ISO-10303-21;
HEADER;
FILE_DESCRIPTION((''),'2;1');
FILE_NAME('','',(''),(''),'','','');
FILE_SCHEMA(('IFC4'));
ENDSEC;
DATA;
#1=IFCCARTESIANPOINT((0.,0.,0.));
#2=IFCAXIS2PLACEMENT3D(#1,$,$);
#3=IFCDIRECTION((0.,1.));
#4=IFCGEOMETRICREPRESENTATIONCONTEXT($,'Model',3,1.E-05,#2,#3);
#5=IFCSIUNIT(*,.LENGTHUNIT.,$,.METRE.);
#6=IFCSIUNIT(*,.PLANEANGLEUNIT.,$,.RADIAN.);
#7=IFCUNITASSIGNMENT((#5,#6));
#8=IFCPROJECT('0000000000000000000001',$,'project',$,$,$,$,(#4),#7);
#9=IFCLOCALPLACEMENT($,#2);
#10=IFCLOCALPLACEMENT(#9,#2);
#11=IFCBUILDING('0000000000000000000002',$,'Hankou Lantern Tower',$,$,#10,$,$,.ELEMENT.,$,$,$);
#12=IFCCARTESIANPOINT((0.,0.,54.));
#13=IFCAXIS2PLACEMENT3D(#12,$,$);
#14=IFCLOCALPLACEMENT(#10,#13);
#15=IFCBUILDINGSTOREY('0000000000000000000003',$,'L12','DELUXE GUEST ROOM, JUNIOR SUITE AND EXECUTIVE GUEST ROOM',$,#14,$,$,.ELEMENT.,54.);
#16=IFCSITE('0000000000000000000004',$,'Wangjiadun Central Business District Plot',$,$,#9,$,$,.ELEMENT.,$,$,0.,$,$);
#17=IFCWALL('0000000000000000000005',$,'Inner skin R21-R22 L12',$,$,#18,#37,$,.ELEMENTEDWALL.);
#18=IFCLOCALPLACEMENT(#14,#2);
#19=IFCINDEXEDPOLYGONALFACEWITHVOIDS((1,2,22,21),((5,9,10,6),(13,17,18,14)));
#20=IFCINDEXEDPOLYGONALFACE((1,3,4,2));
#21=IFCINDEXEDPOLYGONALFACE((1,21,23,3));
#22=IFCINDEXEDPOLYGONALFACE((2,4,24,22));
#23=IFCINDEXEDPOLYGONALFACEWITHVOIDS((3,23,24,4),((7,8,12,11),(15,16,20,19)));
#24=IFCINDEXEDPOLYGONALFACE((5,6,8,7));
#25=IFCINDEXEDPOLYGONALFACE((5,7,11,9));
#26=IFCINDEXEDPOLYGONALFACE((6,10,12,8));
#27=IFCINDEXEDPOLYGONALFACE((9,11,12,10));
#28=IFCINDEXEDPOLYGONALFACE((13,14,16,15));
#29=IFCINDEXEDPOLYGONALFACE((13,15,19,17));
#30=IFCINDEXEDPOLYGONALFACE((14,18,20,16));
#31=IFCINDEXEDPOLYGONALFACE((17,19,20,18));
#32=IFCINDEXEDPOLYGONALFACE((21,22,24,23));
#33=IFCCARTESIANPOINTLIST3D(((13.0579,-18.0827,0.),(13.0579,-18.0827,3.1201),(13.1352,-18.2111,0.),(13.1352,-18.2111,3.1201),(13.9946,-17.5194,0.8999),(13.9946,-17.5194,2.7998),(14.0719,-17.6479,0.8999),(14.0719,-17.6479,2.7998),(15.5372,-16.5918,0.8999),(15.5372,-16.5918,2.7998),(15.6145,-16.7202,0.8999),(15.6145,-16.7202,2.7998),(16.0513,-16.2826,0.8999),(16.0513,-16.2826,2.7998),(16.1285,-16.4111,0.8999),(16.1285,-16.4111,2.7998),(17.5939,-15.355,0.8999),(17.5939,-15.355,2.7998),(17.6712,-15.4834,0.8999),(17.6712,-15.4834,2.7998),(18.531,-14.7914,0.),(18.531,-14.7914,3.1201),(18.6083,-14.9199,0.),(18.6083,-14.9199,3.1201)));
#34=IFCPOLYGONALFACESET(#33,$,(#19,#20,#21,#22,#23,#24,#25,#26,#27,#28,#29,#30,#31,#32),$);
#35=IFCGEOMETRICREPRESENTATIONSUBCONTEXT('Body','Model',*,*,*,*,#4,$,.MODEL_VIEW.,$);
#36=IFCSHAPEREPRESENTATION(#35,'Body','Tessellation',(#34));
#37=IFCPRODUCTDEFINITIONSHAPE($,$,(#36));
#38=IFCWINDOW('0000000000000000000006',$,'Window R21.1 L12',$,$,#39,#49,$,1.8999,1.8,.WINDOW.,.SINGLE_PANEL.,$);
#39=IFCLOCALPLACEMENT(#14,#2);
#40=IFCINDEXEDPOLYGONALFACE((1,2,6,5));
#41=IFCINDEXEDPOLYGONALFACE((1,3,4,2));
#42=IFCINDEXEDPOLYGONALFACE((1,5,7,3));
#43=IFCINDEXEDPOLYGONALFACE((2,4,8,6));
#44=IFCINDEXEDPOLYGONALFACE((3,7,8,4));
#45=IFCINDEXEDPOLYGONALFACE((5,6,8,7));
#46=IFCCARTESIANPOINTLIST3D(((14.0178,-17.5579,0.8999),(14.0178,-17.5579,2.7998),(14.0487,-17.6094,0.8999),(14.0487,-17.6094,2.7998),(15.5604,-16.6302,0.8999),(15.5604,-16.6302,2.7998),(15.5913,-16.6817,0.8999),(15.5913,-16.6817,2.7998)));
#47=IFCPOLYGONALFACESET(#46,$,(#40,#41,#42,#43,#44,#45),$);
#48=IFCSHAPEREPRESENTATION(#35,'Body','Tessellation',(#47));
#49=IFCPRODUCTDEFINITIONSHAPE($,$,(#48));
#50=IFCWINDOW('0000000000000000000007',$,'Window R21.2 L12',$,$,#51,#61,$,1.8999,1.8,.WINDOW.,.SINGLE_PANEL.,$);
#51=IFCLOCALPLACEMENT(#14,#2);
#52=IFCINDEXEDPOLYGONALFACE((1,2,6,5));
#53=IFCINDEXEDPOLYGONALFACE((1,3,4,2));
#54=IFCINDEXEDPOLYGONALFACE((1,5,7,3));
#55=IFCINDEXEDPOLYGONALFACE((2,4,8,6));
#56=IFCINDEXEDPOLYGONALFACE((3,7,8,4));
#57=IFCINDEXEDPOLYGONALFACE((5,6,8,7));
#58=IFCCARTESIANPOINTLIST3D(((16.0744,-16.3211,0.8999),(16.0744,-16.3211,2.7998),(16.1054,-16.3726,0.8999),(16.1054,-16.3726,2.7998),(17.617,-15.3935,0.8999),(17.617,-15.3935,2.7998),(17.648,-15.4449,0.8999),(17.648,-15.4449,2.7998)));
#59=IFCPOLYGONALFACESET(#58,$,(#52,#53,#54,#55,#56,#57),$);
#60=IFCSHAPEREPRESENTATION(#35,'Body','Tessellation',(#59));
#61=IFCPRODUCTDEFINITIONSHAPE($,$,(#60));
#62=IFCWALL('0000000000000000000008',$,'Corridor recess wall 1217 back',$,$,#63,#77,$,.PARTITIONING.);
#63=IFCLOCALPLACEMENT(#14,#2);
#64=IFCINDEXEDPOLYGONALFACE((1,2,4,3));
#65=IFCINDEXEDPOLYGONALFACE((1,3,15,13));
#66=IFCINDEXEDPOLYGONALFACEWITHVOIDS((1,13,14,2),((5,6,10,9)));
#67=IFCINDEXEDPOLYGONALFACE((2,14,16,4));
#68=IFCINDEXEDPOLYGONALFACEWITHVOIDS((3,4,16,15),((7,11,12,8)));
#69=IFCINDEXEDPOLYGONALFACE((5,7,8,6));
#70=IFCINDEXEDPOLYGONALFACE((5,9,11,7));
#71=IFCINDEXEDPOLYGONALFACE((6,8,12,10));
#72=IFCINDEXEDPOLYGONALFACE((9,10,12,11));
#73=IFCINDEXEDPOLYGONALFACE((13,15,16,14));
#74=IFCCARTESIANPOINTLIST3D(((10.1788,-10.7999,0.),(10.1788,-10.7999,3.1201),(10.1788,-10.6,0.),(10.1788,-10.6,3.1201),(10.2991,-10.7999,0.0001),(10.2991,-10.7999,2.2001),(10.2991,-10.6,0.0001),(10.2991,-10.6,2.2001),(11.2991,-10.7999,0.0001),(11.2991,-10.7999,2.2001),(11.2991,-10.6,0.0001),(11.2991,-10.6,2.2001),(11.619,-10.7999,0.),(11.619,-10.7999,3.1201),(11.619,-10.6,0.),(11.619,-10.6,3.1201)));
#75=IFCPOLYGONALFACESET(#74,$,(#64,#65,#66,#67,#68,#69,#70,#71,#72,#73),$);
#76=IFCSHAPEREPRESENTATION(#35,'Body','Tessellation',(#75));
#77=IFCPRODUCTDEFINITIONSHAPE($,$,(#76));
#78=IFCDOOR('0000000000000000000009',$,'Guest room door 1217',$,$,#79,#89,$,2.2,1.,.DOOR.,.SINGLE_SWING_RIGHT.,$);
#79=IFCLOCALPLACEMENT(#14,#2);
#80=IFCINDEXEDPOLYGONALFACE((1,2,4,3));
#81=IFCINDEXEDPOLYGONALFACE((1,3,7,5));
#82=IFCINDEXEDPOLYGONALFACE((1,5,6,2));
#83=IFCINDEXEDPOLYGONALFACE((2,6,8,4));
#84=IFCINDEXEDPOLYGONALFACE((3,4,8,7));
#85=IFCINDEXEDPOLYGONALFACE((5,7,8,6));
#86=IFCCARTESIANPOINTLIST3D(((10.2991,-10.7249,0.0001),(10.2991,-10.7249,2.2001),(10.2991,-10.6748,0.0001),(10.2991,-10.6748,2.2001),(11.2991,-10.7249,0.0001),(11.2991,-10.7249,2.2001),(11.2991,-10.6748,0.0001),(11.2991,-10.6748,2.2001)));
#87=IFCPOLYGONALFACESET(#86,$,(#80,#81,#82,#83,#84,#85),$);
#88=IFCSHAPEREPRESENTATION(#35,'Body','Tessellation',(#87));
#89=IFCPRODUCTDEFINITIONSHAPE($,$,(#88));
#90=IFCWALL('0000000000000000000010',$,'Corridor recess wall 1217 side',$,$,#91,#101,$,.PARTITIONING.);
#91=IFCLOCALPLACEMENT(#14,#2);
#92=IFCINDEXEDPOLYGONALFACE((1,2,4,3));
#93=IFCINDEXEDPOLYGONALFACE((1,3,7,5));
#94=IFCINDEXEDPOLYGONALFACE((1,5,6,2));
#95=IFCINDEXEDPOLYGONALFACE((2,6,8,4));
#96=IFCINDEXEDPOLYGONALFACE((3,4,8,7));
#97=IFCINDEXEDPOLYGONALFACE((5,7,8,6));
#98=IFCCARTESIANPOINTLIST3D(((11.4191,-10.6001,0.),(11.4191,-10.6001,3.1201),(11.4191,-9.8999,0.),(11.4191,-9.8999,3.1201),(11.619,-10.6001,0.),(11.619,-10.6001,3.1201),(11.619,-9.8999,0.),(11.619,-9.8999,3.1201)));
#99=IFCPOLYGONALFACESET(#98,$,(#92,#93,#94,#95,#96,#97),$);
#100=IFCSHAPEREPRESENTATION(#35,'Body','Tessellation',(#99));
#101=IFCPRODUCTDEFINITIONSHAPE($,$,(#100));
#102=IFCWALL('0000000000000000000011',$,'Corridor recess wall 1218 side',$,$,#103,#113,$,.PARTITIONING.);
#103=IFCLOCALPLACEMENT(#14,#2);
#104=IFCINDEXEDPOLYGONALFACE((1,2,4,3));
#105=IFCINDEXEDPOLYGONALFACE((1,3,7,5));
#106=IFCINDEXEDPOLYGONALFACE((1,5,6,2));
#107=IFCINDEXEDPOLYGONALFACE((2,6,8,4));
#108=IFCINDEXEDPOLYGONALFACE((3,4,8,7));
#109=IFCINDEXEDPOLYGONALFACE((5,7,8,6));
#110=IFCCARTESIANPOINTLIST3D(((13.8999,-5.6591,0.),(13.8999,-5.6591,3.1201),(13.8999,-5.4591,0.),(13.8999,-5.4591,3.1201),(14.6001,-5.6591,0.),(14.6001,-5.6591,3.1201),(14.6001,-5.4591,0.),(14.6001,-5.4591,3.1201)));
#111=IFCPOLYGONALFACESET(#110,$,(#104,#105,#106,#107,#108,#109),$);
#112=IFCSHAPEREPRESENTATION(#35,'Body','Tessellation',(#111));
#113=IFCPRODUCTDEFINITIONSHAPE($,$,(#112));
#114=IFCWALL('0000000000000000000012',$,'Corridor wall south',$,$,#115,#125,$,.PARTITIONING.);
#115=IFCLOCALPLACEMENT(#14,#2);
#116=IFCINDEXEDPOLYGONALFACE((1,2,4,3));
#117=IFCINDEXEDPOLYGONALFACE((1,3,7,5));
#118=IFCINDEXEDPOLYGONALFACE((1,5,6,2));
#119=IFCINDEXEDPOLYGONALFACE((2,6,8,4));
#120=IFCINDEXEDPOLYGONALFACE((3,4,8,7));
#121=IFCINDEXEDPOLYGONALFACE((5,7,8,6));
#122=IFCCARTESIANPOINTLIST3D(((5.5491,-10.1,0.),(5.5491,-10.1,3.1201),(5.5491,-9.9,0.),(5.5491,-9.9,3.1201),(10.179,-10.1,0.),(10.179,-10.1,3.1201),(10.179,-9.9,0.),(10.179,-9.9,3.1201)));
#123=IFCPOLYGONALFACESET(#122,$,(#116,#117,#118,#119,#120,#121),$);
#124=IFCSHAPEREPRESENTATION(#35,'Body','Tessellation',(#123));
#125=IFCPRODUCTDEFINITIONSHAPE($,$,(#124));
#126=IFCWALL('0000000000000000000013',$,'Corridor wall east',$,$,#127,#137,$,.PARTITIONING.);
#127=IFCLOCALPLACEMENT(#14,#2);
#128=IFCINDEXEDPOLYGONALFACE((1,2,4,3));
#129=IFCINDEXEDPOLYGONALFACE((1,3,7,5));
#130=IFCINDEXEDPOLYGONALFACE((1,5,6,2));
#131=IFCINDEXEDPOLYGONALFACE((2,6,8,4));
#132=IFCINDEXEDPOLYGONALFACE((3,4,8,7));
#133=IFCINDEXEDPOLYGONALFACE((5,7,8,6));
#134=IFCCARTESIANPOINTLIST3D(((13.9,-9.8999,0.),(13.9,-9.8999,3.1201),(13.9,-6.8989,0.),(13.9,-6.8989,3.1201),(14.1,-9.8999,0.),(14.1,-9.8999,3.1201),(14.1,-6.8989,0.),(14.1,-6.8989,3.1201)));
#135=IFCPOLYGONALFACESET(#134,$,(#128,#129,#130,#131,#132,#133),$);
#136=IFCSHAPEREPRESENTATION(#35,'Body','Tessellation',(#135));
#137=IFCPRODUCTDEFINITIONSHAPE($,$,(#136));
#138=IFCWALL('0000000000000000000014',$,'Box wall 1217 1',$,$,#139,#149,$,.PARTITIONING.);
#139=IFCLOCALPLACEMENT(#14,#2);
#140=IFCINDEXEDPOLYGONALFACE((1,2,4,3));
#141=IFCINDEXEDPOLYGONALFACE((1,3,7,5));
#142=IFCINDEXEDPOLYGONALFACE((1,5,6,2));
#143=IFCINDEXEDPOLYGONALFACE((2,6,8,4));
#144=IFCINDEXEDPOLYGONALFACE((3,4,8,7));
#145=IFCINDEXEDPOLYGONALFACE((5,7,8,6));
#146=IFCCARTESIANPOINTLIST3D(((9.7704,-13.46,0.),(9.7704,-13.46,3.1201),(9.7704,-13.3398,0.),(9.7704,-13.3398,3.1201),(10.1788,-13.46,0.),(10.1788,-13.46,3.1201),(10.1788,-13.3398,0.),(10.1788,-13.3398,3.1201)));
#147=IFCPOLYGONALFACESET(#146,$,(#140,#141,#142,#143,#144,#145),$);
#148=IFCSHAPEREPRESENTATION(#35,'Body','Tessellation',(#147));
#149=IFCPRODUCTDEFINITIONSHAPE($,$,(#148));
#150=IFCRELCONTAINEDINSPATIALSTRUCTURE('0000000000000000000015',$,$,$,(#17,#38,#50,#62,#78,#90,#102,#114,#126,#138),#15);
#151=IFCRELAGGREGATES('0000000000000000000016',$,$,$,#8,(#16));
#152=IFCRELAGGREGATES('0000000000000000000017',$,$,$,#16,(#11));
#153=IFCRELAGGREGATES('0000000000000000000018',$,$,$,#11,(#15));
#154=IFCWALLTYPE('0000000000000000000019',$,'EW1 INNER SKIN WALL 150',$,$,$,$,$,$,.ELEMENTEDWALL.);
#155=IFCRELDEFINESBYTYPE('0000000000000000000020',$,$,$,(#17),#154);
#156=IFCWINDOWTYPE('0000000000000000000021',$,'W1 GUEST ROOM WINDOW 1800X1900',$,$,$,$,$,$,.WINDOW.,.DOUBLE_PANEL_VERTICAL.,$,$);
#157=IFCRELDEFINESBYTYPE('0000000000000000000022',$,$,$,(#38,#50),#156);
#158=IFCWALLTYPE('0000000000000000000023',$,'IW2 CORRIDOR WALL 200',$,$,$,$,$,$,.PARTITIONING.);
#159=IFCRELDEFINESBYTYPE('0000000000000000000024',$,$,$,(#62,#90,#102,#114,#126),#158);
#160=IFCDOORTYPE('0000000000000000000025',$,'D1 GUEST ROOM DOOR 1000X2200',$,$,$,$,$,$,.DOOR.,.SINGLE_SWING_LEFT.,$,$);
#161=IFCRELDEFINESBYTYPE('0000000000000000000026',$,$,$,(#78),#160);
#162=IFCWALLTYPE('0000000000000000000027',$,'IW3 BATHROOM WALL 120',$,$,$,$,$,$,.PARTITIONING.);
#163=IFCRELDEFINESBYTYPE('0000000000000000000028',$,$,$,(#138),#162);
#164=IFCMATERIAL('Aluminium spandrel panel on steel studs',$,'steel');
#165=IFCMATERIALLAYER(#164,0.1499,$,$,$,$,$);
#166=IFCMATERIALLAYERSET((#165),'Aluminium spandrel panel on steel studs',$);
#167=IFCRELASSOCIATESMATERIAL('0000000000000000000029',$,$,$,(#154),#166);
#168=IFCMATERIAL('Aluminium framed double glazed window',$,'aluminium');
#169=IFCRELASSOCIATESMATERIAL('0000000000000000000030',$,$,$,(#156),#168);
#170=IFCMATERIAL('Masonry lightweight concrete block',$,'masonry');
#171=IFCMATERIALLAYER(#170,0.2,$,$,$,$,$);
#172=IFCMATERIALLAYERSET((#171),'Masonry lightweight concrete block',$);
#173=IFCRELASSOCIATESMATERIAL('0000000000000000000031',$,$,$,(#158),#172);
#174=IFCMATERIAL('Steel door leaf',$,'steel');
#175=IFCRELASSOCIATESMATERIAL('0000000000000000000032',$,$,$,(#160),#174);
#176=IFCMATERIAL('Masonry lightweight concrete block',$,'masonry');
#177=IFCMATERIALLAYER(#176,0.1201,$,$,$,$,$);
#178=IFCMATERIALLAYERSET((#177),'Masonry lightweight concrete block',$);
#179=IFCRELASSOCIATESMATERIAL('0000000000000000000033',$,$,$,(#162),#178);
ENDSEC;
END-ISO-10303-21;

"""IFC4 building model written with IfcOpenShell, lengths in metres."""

from ifc_helpers import new_model, si_unit, direction, frame, frame_2d, origin, place, context, subcontext, project, spatial, rectangle, extrude, material, layer, layer_set, type_object, element, fill, save


model = new_model("IFC4")

# Units and contexts
model_context = context("Model", 3, precision=1e-05, world=origin(), true_north=direction((0.0, 1.0)))
body_context = subcontext(model_context, "Body", "Model", "MODEL_VIEW")
ifc_project = project(units=[si_unit("LENGTHUNIT", "METRE"), si_unit("PLANEANGLEUNIT", "RADIAN")], contexts=[model_context])

# Site, building, storey
site_placement = place(None, origin())
site = spatial("IfcSite", under=ifc_project, at=site_placement, Name="Wangjiadun Central Business District Plot", CompositionType="ELEMENT", RefElevation=0.0)
building_placement = place(site_placement, origin())
building = spatial("IfcBuilding", under=site, at=building_placement, Name="Hankou Lantern Tower", CompositionType="ELEMENT")
storey_placement = place(building_placement, frame((0.0, 0.0, 54.0)))
storey = spatial("IfcBuildingStorey", under=building, at=storey_placement, Name="L12", Description="DELUXE GUEST ROOM, JUNIOR SUITE AND EXECUTIVE GUEST ROOM", CompositionType="ELEMENT", Elevation=54.0)

# Wall, openings, windows
ifc_material_1 = material(Name="Aluminium spandrel panel on steel studs", Category="steel")
ifc_layer_1 = layer(ifc_material_1, 0.1499)
ifc_layer_set_1 = layer_set([ifc_layer_1], Name="Aluminium spandrel panel on steel studs")
wall_type_1 = type_object("IfcWallType", Name="EW1 INNER SKIN WALL 150", PredefinedType="ELEMENTEDWALL", material=ifc_layer_set_1)
wall_1_placement = place(storey_placement, frame((13.0964, -18.147, 0.0), z_axis=(0.0, 0.0, 1.0), x_axis=(0.856983, 0.515344, 0.0)))
wall_1 = element("IfcWall", 1, at=wall_1_placement, inside=storey, type_object=wall_type_1, Name="Inner skin R21-R22 L12", PredefinedType="ELEMENTEDWALL", context=body_context, shape_type="SweptSolid", body=[
    extrude(rectangle(XDim=6.3865, YDim=0.1499, at=frame_2d((3.1934, 0.0))), origin(), (0.0, 0.0, 1.0), 3.1201),
])
opening_1_placement = place(wall_1_placement, frame((1.0933, 0.0, 0.8999)))
opening_1 = element("IfcOpeningElement", 2, at=opening_1_placement, cuts=wall_1, PredefinedType="OPENING", context=body_context, shape_type="SweptSolid", body=[
    extrude(rectangle(XDim=1.8, YDim=1.8999, at=frame_2d((0.8999, 0.95))), frame((0.0, 0.085, 0.0), z_axis=(0.0, -1.0, 0.0), x_axis=(1.0, 0.0, 0.0)), (0.0, 0.0, 1.0), 0.1699),
])
opening_2_placement = place(wall_1_placement, frame((3.4932, 0.0, 0.8999)))
opening_2 = element("IfcOpeningElement", 3, at=opening_2_placement, cuts=wall_1, PredefinedType="OPENING", context=body_context, shape_type="SweptSolid", body=[
    extrude(rectangle(XDim=1.8, YDim=1.8999, at=frame_2d((0.8999, 0.95))), frame((0.0, 0.085, 0.0), z_axis=(0.0, -1.0, 0.0), x_axis=(1.0, 0.0, 0.0)), (0.0, 0.0, 1.0), 0.1699),
])
ifc_material_2 = material(Name="Aluminium framed double glazed window", Category="aluminium")
window_type = type_object("IfcWindowType", Name="W1 GUEST ROOM WINDOW 1800X1900", PartitioningType="DOUBLE_PANEL_VERTICAL", PredefinedType="WINDOW", material=ifc_material_2)
window_1_placement = place(opening_1_placement, origin())
window_1 = element("IfcWindow", 4, at=window_1_placement, inside=storey, type_object=window_type, Name="Window R21.1 L12", OverallHeight=1.8999, OverallWidth=1.8, PartitioningType="SINGLE_PANEL", PredefinedType="WINDOW", context=body_context, shape_type="SweptSolid", body=[
    extrude(rectangle(XDim=1.8, YDim=1.8999, at=frame_2d((0.8999, 0.95))), frame((0.0, 0.03, 0.0), z_axis=(0.0, -1.0, 0.0), x_axis=(1.0, 0.0, 0.0)), (0.0, 0.0, 1.0), 0.0601),
])
fill(opening_1, window_1)
window_2_placement = place(opening_2_placement, origin())
window_2 = element("IfcWindow", 5, at=window_2_placement, inside=storey, type_object=window_type, Name="Window R21.2 L12", OverallHeight=1.8999, OverallWidth=1.8, PartitioningType="SINGLE_PANEL", PredefinedType="WINDOW", context=body_context, shape_type="SweptSolid", body=[
    extrude(rectangle(XDim=1.8, YDim=1.8999, at=frame_2d((0.8999, 0.95))), frame((0.0, 0.03, 0.0), z_axis=(0.0, -1.0, 0.0), x_axis=(1.0, 0.0, 0.0)), (0.0, 0.0, 1.0), 0.0601),
])
fill(opening_2, window_2)

# Wall, opening, door
ifc_material_3 = material(Name="Masonry lightweight concrete block", Category="masonry")
ifc_layer_2 = layer(ifc_material_3, 0.2)
ifc_layer_set_2 = layer_set([ifc_layer_2], Name="Masonry lightweight concrete block")
wall_type_2 = type_object("IfcWallType", Name="IW2 CORRIDOR WALL 200", PredefinedType="PARTITIONING", material=ifc_layer_set_2)
wall_2_placement = place(storey_placement, frame((11.6191, -10.7, 0.0), z_axis=(0.0, 0.0, 1.0), x_axis=(-1.0, 0.0, 0.0)))
wall_2 = element("IfcWall", 6, at=wall_2_placement, inside=storey, type_object=wall_type_2, Name="Corridor recess wall 1217 back", PredefinedType="PARTITIONING", context=body_context, shape_type="SweptSolid", body=[
    extrude(rectangle(XDim=1.4402, YDim=0.2, at=frame_2d((0.7202, 0.0))), origin(), (0.0, 0.0, 1.0), 3.1201),
])
opening_3_placement = place(wall_2_placement, frame((0.3201, 0.0, 0.0)))
opening_3 = element("IfcOpeningElement", 7, at=opening_3_placement, cuts=wall_2, PredefinedType="OPENING", context=body_context, shape_type="SweptSolid", body=[
    extrude(rectangle(XDim=1.0, YDim=2.2, at=frame_2d((0.5, 1.1001))), frame((0.0, 0.1099, 0.0), z_axis=(0.0, -1.0, 0.0), x_axis=(1.0, 0.0, 0.0)), (0.0, 0.0, 1.0), 0.22),
])
ifc_material_4 = material(Name="Steel door leaf", Category="steel")
door_type_1 = type_object("IfcDoorType", Name="D1 GUEST ROOM DOOR 1000X2200", OperationType="SINGLE_SWING_LEFT", PredefinedType="DOOR", material=ifc_material_4)
door_1_placement = place(opening_3_placement, origin())
door_1 = element("IfcDoor", 8, at=door_1_placement, inside=storey, type_object=door_type_1, Name="Guest room door 1217", OperationType="SINGLE_SWING_RIGHT", OverallHeight=2.2, OverallWidth=1.0, PredefinedType="DOOR", context=body_context, shape_type="SweptSolid", body=[
    extrude(rectangle(XDim=1.0, YDim=2.2, at=frame_2d((0.5, 1.1001))), frame((0.0, 0.0249, 0.0), z_axis=(0.0, -1.0, 0.0), x_axis=(1.0, 0.0, 0.0)), (0.0, 0.0, 1.0), 0.05),
])
fill(opening_3, door_1)

# Walls
for number, where, z_axis, x_axis, name in (
    (9, (11.519, -9.8999, 0.0), (0.0, 0.0, 1.0), (0.0, -1.0, 0.0), "Corridor recess wall 1217 side"),
    (10, (13.8999, -5.5591, 0.0), (0.0, 0.0, 1.0), (1.0, 0.0, 0.0), "Corridor recess wall 1218 side"),
):
    element("IfcWall", number, at=place(storey_placement, frame(where, z_axis=z_axis, x_axis=x_axis)), inside=storey, type_object=wall_type_2, Name=name, PredefinedType="PARTITIONING", context=body_context, shape_type="SweptSolid", body=[
        extrude(rectangle(XDim=0.7002, YDim=0.2, at=frame_2d((0.3501, 0.0))), origin(), (0.0, 0.0, 1.0), 3.1201),
    ])
wall_3_placement = place(storey_placement, frame((10.179, -10.0, 0.0), z_axis=(0.0, 0.0, 1.0), x_axis=(-1.0, 0.0, 0.0)))
element("IfcWall", 11, at=wall_3_placement, inside=storey, type_object=wall_type_2, Name="Corridor wall south", PredefinedType="PARTITIONING", context=body_context, shape_type="SweptSolid", body=[
    extrude(rectangle(XDim=4.6299, YDim=0.2, at=frame_2d((2.3149, 0.0))), origin(), (0.0, 0.0, 1.0), 3.1201),
])
wall_4_placement = place(storey_placement, frame((14.0, -9.8999, 0.0), z_axis=(0.0, 0.0, 1.0), x_axis=(0.0, 1.0, 0.0)))
element("IfcWall", 12, at=wall_4_placement, inside=storey, type_object=wall_type_2, Name="Corridor wall east", PredefinedType="PARTITIONING", context=body_context, shape_type="SweptSolid", body=[
    extrude(rectangle(XDim=3.001, YDim=0.2, at=frame_2d((1.5005, 0.0))), origin(), (0.0, 0.0, 1.0), 3.1201),
])
ifc_material_5 = material(Name="Masonry lightweight concrete block", Category="masonry")
ifc_layer_3 = layer(ifc_material_5, 0.1201)
ifc_layer_set_3 = layer_set([ifc_layer_3], Name="Masonry lightweight concrete block")
wall_type_3 = type_object("IfcWallType", Name="IW3 BATHROOM WALL 120", PredefinedType="PARTITIONING", material=ifc_layer_set_3)
wall_5_placement = place(storey_placement, frame((9.7705, -13.3999, 0.0), z_axis=(0.0, 0.0, 1.0), x_axis=(1.0, 0.0, 0.0)))
element("IfcWall", 13, at=wall_5_placement, inside=storey, type_object=wall_type_3, Name="Box wall 1217 1", PredefinedType="PARTITIONING", context=body_context, shape_type="SweptSolid", body=[
    extrude(rectangle(XDim=0.4084, YDim=0.1201, at=frame_2d((0.2041, 0.0))), origin(), (0.0, 0.0, 1.0), 3.1201),
])

save(model, "model.ifc")
